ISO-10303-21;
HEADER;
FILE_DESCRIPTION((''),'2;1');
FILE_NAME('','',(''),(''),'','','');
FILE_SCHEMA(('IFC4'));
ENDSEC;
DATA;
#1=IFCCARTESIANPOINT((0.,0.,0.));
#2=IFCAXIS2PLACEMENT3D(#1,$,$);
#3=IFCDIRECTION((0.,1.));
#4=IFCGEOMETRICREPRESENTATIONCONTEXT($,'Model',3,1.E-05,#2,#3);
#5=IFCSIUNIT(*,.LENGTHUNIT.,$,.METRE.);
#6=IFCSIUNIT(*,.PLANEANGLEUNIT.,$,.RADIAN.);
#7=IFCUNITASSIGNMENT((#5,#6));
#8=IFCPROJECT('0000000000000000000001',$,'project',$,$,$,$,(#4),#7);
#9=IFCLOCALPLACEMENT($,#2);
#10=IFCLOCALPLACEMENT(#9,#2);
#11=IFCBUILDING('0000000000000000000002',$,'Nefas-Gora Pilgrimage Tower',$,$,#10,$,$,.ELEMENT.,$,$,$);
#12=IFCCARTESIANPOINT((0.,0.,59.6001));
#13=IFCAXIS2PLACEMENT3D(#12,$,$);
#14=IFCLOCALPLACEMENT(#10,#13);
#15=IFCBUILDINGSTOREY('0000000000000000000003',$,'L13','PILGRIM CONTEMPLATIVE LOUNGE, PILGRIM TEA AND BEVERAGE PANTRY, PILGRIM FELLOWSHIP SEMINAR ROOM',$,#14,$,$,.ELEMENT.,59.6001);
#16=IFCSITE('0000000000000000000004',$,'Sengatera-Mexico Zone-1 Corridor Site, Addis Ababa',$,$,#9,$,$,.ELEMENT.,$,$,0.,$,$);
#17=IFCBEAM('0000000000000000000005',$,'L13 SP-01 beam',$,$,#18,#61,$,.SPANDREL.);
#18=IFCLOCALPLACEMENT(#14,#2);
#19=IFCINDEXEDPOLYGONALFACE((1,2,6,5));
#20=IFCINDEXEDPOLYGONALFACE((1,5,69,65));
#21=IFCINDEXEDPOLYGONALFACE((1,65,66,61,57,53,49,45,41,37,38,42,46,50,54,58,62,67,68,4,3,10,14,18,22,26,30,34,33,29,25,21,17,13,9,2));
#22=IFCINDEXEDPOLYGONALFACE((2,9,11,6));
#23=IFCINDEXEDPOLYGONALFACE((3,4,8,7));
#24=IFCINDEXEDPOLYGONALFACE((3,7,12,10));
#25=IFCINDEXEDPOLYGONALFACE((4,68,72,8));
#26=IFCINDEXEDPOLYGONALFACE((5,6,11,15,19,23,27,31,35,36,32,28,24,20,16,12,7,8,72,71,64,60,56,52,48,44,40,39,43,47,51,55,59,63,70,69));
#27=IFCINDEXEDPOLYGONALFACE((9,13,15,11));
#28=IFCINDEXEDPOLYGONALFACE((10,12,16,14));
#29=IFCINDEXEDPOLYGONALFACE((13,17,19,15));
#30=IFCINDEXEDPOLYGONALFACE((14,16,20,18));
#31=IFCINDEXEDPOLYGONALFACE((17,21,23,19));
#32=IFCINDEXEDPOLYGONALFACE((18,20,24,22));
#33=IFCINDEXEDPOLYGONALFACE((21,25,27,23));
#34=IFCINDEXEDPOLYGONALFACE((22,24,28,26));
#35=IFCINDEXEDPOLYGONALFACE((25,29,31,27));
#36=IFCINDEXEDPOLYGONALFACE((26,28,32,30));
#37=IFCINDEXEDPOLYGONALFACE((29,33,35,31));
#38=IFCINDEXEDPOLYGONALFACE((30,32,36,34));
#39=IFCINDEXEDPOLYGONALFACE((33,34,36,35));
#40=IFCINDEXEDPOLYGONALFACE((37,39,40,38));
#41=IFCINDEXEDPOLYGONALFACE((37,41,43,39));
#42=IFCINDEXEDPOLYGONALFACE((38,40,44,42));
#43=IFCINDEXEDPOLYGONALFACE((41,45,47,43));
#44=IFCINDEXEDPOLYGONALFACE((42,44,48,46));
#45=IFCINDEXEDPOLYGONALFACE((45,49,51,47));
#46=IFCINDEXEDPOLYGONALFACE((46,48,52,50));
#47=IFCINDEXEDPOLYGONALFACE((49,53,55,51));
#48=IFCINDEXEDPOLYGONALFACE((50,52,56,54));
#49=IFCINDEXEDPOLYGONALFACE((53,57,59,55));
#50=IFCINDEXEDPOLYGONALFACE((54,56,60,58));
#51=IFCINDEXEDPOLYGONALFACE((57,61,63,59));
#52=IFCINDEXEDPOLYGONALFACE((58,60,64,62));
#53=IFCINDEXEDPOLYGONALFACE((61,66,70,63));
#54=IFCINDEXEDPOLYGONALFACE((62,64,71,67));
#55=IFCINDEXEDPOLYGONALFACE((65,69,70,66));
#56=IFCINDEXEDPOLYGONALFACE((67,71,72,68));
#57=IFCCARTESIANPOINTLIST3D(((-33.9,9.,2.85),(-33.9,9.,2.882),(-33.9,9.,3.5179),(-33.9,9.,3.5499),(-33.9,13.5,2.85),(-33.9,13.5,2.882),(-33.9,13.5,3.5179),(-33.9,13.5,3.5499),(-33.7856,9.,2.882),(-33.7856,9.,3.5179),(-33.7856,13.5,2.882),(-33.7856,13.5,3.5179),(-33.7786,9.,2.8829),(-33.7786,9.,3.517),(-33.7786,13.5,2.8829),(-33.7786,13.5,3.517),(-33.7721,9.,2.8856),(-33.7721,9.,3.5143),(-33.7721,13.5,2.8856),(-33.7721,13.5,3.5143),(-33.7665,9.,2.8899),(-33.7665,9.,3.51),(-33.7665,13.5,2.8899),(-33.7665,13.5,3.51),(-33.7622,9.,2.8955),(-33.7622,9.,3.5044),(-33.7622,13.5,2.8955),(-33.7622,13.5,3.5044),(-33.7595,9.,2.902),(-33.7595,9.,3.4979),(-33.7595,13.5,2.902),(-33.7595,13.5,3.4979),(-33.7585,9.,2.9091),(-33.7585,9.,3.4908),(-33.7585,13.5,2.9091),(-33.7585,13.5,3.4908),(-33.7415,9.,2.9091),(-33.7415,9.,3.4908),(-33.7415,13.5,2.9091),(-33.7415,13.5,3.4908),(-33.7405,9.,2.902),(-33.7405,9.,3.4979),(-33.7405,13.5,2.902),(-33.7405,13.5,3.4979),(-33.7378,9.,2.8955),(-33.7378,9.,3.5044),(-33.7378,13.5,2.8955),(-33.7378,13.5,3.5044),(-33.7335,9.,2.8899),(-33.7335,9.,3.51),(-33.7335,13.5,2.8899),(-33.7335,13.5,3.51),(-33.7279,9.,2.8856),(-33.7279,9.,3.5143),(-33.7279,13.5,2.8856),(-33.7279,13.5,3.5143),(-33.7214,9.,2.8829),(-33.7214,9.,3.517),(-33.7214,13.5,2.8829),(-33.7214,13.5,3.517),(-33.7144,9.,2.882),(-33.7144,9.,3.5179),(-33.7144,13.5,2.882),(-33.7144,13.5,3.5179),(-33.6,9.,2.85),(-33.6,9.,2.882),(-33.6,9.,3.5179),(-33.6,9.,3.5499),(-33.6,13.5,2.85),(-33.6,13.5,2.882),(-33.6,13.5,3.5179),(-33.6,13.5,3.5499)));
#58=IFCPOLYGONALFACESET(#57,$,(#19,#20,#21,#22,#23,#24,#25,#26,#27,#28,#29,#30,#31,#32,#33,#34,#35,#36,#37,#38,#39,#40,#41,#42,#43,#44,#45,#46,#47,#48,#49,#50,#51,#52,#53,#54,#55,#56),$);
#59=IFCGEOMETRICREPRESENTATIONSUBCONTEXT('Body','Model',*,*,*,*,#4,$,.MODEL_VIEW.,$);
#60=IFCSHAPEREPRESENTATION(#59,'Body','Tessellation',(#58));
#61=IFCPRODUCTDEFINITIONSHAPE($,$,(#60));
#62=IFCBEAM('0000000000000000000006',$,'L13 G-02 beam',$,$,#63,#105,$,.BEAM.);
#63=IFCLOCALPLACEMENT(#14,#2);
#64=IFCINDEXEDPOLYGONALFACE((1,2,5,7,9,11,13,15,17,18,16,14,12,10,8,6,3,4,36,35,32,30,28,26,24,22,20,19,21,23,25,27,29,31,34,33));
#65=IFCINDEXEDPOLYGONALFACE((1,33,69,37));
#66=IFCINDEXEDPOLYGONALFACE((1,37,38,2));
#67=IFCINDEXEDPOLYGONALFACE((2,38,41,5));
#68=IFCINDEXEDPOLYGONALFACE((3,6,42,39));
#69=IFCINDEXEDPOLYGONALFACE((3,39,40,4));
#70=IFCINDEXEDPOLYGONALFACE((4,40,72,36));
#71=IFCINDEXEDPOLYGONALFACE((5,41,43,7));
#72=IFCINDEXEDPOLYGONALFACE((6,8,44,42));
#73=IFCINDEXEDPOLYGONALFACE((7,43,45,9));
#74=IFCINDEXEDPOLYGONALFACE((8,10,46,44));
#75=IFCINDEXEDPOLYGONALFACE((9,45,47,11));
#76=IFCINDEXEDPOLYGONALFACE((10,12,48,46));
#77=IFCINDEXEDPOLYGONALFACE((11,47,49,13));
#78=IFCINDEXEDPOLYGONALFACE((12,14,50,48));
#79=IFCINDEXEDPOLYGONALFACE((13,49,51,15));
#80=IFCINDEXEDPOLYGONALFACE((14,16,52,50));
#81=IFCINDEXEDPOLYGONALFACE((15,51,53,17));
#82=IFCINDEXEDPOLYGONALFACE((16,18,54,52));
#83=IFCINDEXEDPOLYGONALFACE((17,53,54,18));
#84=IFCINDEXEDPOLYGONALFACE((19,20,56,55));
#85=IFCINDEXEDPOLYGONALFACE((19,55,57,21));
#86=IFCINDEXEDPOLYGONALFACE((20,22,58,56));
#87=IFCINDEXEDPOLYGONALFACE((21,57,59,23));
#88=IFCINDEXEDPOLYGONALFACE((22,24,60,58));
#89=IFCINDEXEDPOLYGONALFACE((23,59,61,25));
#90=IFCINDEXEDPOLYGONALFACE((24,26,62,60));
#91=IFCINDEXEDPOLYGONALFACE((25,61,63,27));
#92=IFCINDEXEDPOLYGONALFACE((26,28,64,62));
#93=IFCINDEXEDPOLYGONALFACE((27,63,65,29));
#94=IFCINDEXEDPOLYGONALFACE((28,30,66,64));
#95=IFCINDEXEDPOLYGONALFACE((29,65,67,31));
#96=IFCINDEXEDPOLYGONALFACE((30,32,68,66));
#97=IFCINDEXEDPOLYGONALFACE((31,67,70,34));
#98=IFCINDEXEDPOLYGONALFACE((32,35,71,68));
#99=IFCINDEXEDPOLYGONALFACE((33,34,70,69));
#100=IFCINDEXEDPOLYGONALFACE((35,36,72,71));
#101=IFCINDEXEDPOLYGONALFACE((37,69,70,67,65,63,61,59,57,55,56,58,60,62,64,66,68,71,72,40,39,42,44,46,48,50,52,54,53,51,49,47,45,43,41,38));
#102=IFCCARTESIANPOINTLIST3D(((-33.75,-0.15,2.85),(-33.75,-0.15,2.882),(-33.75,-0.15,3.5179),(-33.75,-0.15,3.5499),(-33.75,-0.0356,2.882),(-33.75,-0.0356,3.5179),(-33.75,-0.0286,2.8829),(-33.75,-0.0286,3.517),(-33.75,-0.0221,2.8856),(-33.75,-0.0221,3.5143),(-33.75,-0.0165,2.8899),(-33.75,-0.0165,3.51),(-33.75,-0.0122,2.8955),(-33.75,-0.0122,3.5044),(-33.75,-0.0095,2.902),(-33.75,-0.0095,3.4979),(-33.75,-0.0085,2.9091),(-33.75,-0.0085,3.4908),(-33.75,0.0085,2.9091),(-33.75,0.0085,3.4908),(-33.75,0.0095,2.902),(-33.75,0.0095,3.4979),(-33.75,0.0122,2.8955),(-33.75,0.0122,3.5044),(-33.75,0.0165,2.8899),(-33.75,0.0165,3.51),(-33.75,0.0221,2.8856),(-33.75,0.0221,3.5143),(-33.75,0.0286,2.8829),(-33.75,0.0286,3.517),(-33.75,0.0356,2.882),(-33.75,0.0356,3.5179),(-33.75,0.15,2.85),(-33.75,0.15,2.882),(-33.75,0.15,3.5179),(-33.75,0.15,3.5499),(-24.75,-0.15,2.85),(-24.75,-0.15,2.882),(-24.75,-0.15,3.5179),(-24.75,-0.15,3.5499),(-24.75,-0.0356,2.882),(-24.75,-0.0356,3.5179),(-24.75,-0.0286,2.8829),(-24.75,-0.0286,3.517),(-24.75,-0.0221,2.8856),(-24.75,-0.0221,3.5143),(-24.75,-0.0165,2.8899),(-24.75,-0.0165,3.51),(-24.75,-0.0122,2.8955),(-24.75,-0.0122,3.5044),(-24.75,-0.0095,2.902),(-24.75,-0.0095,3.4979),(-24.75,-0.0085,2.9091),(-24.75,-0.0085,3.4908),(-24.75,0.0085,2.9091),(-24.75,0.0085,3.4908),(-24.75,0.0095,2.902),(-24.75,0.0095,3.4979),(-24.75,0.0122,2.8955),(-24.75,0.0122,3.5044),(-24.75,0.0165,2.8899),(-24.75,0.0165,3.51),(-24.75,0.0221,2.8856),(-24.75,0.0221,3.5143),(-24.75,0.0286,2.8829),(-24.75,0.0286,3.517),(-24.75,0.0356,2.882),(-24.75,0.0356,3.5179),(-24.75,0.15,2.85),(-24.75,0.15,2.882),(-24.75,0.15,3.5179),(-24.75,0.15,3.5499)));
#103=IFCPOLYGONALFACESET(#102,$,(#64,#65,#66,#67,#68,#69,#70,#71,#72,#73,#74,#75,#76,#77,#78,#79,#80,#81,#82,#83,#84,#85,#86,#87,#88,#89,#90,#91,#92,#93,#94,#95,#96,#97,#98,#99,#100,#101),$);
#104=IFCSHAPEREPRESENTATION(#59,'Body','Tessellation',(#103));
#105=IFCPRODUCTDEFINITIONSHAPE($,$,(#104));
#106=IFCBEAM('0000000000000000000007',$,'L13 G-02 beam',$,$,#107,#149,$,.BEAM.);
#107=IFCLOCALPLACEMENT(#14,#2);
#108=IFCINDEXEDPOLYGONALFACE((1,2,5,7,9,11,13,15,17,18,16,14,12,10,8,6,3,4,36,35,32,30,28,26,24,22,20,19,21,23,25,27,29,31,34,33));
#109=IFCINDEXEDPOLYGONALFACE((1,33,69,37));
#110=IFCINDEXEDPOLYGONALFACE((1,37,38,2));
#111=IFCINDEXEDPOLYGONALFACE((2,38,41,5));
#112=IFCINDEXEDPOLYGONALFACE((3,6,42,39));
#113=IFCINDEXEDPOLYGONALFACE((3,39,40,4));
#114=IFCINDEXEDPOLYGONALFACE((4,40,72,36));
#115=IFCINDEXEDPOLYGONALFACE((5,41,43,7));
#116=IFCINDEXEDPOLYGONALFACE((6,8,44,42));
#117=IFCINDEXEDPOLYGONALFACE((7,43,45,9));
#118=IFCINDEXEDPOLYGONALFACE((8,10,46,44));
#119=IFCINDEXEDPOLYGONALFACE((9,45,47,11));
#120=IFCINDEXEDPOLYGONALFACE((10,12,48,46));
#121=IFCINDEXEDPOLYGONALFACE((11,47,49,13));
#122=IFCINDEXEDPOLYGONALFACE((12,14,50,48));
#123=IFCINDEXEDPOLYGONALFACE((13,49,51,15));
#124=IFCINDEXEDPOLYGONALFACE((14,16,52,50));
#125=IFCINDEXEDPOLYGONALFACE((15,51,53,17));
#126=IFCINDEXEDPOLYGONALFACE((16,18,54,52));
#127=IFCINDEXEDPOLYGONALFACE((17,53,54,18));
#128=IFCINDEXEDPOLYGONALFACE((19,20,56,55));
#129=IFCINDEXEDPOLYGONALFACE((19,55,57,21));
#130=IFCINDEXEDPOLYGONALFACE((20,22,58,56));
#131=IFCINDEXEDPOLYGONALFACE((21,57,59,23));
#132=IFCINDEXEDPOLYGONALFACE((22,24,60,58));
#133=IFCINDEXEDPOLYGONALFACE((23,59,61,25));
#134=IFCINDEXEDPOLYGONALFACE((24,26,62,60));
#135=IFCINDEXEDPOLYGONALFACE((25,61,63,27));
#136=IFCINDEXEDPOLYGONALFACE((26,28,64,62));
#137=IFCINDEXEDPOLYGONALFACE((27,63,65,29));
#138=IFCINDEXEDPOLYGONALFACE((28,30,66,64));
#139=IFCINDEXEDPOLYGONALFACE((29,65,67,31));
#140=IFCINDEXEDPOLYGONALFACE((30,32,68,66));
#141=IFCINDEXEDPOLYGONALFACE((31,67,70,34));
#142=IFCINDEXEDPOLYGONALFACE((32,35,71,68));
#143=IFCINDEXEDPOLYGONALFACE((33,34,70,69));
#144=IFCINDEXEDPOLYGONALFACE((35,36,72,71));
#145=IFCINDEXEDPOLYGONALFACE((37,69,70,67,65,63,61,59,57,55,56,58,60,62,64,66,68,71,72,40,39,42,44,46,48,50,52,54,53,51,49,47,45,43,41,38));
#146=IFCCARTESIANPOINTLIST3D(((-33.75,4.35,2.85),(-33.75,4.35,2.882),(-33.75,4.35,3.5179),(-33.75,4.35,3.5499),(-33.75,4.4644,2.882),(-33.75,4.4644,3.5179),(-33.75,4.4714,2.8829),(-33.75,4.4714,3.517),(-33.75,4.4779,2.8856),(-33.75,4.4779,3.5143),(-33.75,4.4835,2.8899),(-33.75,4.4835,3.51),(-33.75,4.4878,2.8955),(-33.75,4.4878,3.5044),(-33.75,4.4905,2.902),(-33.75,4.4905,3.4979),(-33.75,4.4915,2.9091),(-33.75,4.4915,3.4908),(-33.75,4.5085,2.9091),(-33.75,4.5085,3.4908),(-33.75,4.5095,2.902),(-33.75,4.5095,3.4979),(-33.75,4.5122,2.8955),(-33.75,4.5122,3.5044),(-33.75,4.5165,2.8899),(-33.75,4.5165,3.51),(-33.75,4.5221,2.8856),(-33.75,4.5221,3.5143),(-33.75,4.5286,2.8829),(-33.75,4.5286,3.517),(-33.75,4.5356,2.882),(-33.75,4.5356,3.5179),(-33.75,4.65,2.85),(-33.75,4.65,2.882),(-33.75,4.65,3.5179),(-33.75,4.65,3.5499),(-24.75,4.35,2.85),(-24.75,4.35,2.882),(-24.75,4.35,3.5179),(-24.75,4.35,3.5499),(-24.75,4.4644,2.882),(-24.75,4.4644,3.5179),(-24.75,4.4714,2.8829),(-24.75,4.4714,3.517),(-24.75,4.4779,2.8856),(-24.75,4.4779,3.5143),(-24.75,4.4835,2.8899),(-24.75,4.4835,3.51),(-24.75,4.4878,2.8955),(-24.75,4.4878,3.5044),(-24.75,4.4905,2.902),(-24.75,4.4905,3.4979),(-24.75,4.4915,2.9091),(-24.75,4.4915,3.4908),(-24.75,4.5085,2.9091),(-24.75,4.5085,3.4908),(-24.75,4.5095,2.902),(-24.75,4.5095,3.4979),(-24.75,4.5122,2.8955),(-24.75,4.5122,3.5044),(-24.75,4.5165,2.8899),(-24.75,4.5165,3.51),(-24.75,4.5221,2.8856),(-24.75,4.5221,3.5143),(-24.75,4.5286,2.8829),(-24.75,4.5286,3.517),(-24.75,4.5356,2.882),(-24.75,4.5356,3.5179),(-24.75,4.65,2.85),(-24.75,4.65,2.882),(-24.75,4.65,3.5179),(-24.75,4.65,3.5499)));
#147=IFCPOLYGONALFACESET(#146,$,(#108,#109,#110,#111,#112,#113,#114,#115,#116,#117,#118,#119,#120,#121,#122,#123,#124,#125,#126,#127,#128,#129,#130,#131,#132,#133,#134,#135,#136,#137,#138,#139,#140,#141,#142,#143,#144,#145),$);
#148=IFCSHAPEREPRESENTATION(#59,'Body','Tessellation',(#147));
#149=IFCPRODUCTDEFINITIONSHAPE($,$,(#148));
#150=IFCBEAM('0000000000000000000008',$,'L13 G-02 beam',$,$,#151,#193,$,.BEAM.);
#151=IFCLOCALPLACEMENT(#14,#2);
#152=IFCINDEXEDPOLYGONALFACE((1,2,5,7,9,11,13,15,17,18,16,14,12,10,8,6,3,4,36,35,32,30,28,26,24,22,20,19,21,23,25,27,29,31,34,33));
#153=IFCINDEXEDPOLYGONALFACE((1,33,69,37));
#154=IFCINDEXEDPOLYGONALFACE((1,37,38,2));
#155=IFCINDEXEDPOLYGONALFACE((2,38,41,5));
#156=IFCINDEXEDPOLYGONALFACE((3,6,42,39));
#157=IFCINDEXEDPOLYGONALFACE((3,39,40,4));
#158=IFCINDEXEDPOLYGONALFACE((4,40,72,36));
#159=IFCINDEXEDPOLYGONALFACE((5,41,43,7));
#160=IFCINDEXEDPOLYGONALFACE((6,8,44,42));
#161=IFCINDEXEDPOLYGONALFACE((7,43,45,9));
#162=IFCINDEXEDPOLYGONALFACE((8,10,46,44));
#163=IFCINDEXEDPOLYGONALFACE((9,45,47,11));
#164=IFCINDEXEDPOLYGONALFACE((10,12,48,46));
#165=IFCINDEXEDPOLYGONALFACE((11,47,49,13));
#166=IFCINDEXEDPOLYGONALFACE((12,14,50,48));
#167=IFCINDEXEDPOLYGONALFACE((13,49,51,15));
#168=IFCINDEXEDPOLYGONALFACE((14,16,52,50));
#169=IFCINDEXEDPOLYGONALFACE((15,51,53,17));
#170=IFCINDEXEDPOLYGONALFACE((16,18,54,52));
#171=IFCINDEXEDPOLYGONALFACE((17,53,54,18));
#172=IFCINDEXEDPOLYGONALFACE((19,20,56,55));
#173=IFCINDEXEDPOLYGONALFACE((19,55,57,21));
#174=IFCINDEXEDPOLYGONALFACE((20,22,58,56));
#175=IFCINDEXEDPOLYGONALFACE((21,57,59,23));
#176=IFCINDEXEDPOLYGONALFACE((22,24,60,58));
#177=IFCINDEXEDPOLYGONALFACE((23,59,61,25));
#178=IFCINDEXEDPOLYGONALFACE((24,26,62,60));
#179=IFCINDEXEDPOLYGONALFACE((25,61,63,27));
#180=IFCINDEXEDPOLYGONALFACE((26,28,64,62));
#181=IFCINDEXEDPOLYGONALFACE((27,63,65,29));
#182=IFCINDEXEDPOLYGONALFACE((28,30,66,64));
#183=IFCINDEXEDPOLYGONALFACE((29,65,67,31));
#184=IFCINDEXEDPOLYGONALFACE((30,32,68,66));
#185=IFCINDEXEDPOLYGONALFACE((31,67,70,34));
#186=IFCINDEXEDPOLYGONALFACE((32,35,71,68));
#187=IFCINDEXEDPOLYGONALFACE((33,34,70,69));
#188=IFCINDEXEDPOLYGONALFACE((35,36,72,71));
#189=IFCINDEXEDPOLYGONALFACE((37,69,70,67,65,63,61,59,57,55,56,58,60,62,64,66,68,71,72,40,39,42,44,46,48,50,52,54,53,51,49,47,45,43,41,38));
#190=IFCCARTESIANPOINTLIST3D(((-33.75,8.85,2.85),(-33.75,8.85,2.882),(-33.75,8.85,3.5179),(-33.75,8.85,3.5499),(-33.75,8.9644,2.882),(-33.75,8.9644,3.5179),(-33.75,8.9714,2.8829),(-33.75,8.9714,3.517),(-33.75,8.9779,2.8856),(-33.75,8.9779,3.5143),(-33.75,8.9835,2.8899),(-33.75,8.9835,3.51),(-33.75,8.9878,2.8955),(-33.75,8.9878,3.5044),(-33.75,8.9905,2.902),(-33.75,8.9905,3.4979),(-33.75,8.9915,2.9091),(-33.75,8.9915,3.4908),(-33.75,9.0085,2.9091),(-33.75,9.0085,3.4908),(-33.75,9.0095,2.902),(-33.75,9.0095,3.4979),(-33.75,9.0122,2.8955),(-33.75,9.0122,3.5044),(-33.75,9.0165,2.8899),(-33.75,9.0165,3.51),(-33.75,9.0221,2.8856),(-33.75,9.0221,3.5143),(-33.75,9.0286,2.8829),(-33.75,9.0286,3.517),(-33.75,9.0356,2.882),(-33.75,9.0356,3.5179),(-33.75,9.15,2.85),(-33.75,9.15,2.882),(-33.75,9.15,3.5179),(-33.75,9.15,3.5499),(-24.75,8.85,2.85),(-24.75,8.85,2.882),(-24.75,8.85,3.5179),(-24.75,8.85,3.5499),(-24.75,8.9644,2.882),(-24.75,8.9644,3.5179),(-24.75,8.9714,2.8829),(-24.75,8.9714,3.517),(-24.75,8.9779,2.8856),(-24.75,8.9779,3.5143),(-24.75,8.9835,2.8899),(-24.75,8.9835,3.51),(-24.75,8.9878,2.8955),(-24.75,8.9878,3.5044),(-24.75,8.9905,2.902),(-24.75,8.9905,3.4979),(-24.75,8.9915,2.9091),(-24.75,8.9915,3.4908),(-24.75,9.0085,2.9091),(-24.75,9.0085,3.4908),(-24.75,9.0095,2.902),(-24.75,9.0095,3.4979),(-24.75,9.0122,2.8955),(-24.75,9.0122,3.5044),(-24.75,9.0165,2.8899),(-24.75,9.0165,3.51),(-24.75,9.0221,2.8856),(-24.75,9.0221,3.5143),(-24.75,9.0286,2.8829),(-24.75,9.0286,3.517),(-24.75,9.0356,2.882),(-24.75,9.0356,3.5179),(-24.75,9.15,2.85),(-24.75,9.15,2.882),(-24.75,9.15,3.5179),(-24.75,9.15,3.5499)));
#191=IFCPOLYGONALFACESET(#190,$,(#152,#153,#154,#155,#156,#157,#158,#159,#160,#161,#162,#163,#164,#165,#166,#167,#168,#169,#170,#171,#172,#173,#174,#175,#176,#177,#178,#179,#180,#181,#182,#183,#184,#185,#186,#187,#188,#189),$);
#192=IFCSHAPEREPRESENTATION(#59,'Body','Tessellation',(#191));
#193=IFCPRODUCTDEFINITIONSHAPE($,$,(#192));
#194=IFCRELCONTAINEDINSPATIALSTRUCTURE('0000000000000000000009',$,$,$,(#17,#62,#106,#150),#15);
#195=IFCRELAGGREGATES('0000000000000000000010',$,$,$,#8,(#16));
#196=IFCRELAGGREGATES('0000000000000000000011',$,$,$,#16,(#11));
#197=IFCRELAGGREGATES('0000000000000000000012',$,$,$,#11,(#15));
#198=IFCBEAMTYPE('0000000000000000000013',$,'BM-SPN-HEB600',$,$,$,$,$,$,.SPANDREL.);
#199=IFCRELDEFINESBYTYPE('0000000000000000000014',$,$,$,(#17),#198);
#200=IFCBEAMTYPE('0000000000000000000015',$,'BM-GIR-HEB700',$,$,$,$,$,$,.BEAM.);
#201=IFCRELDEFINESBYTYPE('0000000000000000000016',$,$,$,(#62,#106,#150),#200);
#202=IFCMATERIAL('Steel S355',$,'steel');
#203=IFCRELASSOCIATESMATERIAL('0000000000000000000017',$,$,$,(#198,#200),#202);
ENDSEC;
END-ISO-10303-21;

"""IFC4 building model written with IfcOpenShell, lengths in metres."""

from ifc_helpers import new_model, si_unit, direction, frame, origin, origin_2d, place, context, subcontext, project, spatial, i_section, extrude, source, transform, mapped, material, material_profile, profile_set, type_object, element, save


model = new_model("IFC4")

# Units and contexts
model_context = context("Model", 3, precision=1e-05, world=origin(), true_north=direction((0.0, 1.0)))
body_context = subcontext(model_context, "Body", "Model", "MODEL_VIEW")
ifc_project = project(units=[si_unit("LENGTHUNIT", "METRE"), si_unit("PLANEANGLEUNIT", "RADIAN")], contexts=[model_context])

# Site, building, storey
site_placement = place(None, origin())
site = spatial("IfcSite", under=ifc_project, at=site_placement, Name="Sengatera-Mexico Zone-1 Corridor Site, Addis Ababa", CompositionType="ELEMENT", RefElevation=0.0)
building_placement = place(site_placement, origin())
building = spatial("IfcBuilding", under=site, at=building_placement, Name="Nefas-Gora Pilgrimage Tower", CompositionType="ELEMENT")
storey_placement = place(building_placement, frame((0.0, 0.0, 59.6001)))
storey = spatial("IfcBuildingStorey", under=building, at=storey_placement, Name="L13", Description="PILGRIM CONTEMPLATIVE LOUNGE, PILGRIM TEA AND BEVERAGE PANTRY, PILGRIM FELLOWSHIP SEMINAR ROOM", CompositionType="ELEMENT", Elevation=59.6001)

# Beams
ifc_material_1 = material(Name="Steel S355", Category="steel")
ifc_material_profile_1 = material_profile(ifc_material_1, i_section(OverallWidth=0.3, OverallDepth=0.7, WebThickness=0.0171, FlangeThickness=0.032, FilletRadius=0.0271, at=origin_2d()), Name="HEB 700")
ifc_profile_set_1 = profile_set([ifc_material_profile_1], Name="Steel S355")
beam_type_1 = type_object("IfcBeamType", Name="BM-SPN-HEB600", PredefinedType="SPANDREL", material=ifc_profile_set_1)
shared_shape_1 = source(origin(), body_context, "Body", "SweptSolid", [
    extrude(i_section(OverallWidth=0.3, OverallDepth=0.7, WebThickness=0.0171, FlangeThickness=0.032, FilletRadius=0.0271, at=origin_2d()), origin(), (0.0, 0.0, 1.0), 4.5),
])
for number, where, z_axis, x_axis, name in (
    (1, (-33.75, 9.0, 3.2), (0.0, 1.0, 0.0), (-1.0, 0.0, 0.0), "L13 SP-01 beam"),
):
    element("IfcBeam", number, at=place(storey_placement, frame(where, z_axis=z_axis, x_axis=x_axis)), inside=storey, type_object=beam_type_1, Name=name, PredefinedType="SPANDREL", context=body_context, shape_type="MappedRepresentation", body=[
        mapped(shared_shape_1, transform((0.0, 0.0, 0.0), x_axis=(1.0, 0.0, 0.0), y_axis=(0.0, 1.0, 0.0), z_axis=(0.0, 0.0, 1.0), scale=1.0)),
    ])
ifc_material_profile_2 = material_profile(ifc_material_1, i_section(OverallWidth=0.3, OverallDepth=0.7, WebThickness=0.0171, FlangeThickness=0.032, FilletRadius=0.0271, at=origin_2d()), Name="HEB 700")
ifc_profile_set_2 = profile_set([ifc_material_profile_2], Name="Steel S355")
beam_type_2 = type_object("IfcBeamType", Name="BM-GIR-HEB700", PredefinedType="BEAM", material=ifc_profile_set_2)
shared_shape_2 = source(origin(), body_context, "Body", "SweptSolid", [
    extrude(i_section(OverallWidth=0.3, OverallDepth=0.7, WebThickness=0.0171, FlangeThickness=0.032, FilletRadius=0.0271, at=origin_2d()), origin(), (0.0, 0.0, 1.0), 9.0),
])
for number, where, z_axis, x_axis, name in (
    (2, (-33.75, 0.0, 3.2), (1.0, 0.0, 0.0), (0.0, 1.0, 0.0), "L13 G-02 beam"),
    (3, (-33.75, 4.5, 3.2), (1.0, 0.0, 0.0), (0.0, 1.0, 0.0), "L13 G-02 beam"),
    (4, (-33.75, 9.0, 3.2), (1.0, 0.0, 0.0), (0.0, 1.0, 0.0), "L13 G-02 beam"),
):
    element("IfcBeam", number, at=place(storey_placement, frame(where, z_axis=z_axis, x_axis=x_axis)), inside=storey, type_object=beam_type_2, Name=name, PredefinedType="BEAM", context=body_context, shape_type="MappedRepresentation", body=[
        mapped(shared_shape_2, transform((0.0, 0.0, 0.0), x_axis=(1.0, 0.0, 0.0), y_axis=(0.0, 1.0, 0.0), z_axis=(0.0, 0.0, 1.0), scale=1.0)),
    ])

save(model, "model.ifc")
